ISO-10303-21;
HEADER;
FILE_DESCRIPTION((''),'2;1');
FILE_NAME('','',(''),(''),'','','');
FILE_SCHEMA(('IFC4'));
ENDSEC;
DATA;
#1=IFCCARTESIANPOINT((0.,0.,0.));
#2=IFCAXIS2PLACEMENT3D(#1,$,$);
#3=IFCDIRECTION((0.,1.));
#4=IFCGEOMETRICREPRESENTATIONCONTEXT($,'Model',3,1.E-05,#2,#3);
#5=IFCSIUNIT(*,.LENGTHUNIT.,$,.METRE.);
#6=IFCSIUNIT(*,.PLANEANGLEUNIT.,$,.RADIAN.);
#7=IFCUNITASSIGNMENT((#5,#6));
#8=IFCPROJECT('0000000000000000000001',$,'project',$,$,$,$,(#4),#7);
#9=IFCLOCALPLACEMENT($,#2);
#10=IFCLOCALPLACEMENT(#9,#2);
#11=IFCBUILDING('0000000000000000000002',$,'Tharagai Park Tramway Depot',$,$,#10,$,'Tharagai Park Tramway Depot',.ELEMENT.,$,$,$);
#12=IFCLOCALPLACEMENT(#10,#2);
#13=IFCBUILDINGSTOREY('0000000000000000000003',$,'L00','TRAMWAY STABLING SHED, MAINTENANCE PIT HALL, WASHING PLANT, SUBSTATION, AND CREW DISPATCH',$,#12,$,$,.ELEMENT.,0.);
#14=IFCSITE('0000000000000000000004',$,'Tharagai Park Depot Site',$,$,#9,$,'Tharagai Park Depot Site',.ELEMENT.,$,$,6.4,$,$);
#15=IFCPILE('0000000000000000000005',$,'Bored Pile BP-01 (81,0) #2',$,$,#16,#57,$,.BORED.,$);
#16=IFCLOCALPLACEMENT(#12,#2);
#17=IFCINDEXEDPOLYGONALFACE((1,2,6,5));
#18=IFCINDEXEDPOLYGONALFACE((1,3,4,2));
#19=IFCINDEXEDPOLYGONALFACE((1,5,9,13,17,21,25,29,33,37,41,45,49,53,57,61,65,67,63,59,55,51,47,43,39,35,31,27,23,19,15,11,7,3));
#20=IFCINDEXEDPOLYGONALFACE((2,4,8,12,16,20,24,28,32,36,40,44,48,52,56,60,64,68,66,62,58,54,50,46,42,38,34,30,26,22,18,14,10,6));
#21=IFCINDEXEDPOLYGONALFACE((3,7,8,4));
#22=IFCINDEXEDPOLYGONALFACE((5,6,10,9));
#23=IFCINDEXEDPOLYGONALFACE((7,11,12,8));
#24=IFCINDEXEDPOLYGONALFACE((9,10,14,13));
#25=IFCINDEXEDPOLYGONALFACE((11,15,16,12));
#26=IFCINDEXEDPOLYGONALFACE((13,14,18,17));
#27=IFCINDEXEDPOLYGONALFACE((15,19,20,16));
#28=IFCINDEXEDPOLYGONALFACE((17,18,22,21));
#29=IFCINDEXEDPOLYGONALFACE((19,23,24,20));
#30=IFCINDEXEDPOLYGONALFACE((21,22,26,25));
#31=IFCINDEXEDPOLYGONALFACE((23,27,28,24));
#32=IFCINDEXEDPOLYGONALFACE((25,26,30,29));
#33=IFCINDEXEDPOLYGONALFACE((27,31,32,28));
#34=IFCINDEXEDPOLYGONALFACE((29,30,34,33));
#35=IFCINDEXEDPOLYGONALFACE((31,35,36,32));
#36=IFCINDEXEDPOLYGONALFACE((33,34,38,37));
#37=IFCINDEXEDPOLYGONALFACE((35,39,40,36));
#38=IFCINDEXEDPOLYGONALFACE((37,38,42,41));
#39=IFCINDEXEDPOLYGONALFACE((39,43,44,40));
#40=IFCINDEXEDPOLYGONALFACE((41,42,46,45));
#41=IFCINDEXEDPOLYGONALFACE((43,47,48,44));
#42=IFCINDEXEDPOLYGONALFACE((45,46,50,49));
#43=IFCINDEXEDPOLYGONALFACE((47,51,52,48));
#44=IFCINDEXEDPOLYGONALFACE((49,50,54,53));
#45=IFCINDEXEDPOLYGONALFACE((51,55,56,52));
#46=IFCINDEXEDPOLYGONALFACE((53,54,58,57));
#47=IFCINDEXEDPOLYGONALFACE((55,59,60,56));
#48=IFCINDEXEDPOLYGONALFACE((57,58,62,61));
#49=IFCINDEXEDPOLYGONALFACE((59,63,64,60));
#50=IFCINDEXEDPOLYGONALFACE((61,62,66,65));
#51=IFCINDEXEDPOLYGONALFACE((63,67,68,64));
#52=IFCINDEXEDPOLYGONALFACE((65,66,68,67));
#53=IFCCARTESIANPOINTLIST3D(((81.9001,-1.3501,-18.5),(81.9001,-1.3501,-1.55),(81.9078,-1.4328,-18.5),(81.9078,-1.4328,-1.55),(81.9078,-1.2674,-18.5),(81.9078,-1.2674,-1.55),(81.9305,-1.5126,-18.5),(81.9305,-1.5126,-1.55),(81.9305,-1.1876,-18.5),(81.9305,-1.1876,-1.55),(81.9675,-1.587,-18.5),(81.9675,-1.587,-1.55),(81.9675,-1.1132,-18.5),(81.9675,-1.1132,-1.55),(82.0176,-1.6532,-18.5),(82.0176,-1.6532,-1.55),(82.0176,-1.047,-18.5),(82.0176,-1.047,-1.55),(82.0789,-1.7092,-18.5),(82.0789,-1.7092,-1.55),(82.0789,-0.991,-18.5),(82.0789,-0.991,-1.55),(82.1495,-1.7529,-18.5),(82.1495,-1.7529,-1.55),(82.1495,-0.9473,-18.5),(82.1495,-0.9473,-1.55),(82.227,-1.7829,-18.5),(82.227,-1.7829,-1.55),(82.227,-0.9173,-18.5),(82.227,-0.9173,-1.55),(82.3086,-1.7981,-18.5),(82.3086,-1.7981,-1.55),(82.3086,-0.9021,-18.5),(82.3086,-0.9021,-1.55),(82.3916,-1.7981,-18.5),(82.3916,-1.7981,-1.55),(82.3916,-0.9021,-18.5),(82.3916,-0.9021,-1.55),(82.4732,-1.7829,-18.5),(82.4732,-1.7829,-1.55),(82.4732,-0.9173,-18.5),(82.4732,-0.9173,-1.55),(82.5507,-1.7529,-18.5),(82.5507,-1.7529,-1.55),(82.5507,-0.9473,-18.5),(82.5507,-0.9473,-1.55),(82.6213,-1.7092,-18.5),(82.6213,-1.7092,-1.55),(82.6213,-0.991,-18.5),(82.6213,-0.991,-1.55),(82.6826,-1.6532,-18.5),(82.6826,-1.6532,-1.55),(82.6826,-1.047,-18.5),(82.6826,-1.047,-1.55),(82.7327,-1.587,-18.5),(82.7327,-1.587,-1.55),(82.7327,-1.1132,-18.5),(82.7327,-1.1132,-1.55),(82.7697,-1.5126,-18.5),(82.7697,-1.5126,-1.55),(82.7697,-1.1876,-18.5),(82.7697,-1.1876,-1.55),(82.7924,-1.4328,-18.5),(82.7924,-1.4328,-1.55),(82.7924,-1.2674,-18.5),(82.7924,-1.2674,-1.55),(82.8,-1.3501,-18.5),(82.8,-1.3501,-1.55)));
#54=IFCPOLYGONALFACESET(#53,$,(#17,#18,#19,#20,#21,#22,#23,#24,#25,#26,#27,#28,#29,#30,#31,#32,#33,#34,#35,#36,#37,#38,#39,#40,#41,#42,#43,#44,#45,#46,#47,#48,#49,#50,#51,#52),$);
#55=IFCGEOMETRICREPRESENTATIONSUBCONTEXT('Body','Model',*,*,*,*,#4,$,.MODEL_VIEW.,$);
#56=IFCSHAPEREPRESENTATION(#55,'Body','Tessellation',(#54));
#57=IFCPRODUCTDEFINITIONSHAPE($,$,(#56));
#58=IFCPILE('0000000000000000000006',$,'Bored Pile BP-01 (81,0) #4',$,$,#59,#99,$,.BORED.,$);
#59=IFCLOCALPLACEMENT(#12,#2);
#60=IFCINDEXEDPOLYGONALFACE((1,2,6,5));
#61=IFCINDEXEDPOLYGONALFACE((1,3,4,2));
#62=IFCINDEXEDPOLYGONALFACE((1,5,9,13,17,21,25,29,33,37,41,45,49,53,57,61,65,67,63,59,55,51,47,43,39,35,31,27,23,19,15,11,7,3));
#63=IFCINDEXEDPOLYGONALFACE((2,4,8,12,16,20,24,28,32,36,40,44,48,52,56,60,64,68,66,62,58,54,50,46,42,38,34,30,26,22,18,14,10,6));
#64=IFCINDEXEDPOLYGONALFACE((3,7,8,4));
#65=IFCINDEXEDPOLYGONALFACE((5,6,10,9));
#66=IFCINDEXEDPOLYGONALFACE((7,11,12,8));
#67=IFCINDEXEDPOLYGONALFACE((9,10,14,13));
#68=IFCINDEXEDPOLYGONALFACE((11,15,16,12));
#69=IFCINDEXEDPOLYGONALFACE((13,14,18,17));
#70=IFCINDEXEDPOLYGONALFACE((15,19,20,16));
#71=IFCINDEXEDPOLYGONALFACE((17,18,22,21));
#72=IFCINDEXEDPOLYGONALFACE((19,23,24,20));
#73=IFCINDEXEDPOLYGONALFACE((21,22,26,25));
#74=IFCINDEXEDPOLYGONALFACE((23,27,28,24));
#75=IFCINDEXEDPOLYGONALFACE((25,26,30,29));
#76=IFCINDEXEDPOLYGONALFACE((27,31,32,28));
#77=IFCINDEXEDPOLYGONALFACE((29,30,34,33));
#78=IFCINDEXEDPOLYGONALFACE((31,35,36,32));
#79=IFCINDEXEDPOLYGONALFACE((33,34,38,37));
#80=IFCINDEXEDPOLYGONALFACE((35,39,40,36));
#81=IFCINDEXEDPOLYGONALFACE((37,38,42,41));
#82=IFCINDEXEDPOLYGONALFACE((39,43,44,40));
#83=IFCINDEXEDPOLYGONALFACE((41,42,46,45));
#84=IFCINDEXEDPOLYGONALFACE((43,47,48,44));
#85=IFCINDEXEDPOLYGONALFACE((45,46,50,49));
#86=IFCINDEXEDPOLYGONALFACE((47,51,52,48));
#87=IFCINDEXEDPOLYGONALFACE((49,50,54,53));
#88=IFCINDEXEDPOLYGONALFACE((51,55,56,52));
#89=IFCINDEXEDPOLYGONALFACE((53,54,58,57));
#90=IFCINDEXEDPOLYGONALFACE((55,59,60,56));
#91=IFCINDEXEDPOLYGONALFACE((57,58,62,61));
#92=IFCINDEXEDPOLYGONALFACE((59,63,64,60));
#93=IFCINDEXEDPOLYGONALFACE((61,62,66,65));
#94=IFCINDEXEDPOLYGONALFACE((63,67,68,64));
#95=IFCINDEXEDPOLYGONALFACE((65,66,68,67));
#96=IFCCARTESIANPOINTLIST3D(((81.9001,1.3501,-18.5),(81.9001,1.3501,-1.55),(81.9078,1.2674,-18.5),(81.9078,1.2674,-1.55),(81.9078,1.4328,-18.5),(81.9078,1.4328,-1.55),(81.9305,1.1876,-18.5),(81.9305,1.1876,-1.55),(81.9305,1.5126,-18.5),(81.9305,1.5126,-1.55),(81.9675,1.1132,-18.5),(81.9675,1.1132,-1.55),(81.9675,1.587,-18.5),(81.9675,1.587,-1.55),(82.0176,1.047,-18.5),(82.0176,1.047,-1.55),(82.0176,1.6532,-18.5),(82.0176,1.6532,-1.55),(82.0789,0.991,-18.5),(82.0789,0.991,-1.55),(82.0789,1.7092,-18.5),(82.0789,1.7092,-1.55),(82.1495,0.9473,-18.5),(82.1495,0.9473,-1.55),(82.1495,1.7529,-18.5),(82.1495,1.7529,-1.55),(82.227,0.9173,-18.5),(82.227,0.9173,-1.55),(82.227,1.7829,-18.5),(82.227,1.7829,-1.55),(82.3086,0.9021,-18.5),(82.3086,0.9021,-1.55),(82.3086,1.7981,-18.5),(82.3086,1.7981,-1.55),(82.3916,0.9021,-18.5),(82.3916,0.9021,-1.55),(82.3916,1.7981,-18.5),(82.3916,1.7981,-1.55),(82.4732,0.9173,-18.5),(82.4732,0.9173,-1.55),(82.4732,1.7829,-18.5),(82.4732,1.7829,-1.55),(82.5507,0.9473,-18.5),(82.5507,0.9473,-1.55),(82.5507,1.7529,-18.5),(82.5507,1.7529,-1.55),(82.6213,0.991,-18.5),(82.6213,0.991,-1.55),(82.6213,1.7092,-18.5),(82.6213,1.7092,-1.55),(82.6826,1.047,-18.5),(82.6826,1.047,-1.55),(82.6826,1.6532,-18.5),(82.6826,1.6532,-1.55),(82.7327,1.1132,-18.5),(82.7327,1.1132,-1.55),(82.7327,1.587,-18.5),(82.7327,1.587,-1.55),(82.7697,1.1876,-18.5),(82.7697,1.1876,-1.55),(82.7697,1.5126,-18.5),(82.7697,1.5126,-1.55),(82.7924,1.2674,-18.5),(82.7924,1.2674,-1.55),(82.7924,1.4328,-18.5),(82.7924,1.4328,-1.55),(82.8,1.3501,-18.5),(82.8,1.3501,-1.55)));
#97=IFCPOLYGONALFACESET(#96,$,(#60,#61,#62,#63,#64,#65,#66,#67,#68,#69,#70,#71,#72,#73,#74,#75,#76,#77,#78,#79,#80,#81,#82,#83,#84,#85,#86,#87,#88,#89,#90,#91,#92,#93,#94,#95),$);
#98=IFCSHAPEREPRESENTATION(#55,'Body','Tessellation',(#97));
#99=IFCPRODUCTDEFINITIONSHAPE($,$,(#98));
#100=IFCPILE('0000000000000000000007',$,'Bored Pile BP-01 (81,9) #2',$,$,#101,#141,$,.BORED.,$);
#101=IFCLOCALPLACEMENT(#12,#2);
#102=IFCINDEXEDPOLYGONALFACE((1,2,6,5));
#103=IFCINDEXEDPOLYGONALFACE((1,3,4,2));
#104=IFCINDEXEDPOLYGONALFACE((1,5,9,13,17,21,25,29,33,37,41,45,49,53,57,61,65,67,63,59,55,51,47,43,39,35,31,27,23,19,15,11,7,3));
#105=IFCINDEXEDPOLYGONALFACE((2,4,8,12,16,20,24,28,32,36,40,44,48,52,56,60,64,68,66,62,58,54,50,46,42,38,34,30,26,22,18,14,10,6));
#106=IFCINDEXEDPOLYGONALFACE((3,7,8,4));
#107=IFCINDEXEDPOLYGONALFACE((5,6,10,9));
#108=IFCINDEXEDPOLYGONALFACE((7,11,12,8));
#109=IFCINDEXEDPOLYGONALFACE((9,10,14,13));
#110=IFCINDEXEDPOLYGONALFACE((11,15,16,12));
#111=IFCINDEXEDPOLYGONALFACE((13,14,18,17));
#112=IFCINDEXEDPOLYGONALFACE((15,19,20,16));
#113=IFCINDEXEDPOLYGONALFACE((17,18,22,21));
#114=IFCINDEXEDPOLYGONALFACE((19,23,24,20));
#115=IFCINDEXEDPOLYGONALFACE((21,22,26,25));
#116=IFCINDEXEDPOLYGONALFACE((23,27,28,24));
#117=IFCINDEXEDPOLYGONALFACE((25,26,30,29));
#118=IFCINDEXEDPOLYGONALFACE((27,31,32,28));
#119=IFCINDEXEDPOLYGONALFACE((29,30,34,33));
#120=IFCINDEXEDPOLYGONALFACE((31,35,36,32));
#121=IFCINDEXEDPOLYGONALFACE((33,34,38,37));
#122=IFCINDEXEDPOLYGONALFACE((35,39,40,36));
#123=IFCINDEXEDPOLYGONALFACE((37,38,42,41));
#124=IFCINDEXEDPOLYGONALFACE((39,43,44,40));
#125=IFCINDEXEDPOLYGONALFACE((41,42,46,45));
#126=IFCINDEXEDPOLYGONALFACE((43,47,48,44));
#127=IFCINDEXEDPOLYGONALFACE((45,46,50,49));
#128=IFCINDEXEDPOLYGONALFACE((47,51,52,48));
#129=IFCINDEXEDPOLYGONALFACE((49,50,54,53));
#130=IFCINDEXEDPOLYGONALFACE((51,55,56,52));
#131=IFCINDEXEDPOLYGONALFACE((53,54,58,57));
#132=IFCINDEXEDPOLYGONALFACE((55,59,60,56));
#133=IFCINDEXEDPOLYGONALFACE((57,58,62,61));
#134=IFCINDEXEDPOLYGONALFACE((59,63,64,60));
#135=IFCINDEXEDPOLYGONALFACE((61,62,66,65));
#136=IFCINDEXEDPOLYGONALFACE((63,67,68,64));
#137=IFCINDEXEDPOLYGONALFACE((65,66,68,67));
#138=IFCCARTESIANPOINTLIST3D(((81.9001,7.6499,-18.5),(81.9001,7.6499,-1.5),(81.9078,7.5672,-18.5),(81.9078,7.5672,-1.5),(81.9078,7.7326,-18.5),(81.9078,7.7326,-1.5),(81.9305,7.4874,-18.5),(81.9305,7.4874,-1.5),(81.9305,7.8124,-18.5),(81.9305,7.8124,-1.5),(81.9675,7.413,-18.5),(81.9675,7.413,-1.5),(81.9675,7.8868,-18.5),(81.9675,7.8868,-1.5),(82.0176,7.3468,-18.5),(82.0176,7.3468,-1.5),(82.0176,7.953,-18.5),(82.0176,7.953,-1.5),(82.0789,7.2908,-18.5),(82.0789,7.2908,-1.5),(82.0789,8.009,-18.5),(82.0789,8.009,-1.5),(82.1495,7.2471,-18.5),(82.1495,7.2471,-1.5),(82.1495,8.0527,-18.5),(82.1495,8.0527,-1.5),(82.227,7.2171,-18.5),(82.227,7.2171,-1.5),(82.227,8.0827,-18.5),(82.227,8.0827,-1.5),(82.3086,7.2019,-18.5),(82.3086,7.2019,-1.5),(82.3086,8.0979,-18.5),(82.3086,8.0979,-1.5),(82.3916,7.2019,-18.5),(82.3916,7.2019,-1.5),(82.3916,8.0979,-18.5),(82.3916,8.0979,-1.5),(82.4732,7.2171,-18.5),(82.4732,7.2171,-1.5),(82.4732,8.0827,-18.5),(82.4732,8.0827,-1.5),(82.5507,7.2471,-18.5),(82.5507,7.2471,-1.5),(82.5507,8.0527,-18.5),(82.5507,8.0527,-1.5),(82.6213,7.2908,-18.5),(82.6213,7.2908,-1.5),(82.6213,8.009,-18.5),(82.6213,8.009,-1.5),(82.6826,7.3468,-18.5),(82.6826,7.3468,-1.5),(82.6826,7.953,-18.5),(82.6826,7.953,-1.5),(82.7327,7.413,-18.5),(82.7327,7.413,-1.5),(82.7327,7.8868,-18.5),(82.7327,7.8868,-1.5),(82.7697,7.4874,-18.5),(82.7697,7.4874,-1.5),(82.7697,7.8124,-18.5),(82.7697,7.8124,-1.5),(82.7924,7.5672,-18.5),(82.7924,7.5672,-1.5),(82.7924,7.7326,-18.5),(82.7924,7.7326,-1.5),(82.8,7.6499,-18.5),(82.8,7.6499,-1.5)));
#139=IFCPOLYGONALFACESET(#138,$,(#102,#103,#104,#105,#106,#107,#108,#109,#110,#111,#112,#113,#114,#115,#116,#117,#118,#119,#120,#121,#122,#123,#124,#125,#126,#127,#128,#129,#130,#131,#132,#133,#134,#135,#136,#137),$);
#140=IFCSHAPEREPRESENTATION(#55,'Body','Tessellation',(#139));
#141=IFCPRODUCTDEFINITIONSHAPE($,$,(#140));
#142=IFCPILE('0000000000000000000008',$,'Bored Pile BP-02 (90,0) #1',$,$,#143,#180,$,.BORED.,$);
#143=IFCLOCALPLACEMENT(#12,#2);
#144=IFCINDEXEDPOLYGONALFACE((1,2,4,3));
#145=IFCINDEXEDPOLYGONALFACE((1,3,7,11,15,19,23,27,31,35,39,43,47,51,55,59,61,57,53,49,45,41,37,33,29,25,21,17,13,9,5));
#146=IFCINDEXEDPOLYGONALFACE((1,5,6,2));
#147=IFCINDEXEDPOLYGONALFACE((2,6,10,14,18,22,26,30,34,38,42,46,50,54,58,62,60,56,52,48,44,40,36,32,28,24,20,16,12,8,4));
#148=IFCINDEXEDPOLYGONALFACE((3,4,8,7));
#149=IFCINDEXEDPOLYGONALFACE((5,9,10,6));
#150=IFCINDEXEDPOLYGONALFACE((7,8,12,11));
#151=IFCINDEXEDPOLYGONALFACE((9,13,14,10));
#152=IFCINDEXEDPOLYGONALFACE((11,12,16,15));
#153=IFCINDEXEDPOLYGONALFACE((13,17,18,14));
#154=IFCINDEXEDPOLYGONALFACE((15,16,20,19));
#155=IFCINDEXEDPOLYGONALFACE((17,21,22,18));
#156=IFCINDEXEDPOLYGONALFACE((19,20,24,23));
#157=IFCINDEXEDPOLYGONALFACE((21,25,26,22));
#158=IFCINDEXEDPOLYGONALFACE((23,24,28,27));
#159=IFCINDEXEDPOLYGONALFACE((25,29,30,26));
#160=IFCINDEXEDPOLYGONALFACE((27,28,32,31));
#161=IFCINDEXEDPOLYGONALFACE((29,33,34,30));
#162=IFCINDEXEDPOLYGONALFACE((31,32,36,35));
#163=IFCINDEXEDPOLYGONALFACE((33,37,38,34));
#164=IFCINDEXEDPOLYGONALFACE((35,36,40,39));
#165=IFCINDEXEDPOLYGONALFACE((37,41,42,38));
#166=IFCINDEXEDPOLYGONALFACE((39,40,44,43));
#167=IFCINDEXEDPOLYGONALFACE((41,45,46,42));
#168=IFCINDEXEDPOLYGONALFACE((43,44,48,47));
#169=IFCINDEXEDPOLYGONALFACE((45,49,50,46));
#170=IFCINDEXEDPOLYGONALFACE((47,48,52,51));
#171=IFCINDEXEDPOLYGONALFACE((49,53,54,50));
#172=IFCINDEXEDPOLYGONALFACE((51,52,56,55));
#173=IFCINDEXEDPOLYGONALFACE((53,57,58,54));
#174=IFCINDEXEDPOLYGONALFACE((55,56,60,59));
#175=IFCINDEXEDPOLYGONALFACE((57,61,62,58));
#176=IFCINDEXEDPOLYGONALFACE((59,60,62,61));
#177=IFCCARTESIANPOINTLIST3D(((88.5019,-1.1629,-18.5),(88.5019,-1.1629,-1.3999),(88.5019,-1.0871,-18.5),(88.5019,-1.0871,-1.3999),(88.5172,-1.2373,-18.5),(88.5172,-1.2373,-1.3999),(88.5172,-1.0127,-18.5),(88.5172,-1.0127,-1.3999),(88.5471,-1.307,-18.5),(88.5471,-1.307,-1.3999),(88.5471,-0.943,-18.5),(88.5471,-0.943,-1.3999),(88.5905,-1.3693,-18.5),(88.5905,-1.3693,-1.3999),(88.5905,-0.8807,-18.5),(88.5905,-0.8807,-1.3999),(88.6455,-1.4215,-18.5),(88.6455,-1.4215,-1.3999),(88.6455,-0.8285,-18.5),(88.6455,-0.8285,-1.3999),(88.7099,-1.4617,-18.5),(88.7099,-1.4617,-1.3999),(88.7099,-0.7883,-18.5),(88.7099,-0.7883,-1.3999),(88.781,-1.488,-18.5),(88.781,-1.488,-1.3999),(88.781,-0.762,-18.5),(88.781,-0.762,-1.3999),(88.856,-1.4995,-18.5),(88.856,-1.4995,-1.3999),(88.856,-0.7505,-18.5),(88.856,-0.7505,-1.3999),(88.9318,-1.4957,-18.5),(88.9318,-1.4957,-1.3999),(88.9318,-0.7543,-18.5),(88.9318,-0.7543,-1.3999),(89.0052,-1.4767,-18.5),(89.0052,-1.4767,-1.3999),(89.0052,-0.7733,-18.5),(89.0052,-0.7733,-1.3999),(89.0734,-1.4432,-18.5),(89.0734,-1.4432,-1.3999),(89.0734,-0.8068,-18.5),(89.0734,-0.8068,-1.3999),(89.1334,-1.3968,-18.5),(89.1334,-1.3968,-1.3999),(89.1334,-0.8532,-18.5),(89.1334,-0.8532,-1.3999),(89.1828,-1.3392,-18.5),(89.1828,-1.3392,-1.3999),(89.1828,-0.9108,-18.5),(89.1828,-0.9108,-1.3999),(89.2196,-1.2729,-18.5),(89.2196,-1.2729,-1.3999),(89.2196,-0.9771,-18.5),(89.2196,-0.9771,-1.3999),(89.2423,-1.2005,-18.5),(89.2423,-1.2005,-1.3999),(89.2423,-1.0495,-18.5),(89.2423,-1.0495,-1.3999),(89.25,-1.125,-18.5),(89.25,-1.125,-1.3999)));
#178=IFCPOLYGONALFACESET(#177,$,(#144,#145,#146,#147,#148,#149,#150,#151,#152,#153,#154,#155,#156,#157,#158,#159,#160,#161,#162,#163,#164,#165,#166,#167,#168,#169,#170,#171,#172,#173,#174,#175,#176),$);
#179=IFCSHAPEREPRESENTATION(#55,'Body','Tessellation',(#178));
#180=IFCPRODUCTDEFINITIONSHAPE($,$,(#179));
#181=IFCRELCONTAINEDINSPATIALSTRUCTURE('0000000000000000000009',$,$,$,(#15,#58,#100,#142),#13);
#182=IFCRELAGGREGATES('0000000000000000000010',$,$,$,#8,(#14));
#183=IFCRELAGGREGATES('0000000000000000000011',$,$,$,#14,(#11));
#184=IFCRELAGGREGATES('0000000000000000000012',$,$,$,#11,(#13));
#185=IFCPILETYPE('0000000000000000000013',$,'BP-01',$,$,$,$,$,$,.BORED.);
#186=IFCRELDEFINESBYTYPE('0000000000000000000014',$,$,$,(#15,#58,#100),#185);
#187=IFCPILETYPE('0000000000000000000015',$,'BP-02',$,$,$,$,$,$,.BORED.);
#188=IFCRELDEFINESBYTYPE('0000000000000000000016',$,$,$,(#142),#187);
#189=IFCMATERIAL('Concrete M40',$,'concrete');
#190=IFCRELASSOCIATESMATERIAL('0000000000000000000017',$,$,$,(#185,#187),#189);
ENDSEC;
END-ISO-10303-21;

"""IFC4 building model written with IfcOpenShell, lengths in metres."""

from ifc_helpers import new_model, si_unit, direction, frame, origin, origin_2d, place, context, subcontext, project, spatial, circle, extrude, material, material_profile, profile_set, type_object, element, save


model = new_model("IFC4")

# Units and contexts
model_context = context("Model", 3, precision=1e-05, world=origin(), true_north=direction((0.0, 1.0)))
body_context = subcontext(model_context, "Body", "Model", "MODEL_VIEW")
ifc_project = project(units=[si_unit("LENGTHUNIT", "METRE"), si_unit("PLANEANGLEUNIT", "RADIAN")], contexts=[model_context])

# Site, building, storey
site_placement = place(None, origin())
site = spatial("IfcSite", under=ifc_project, at=site_placement, Name="Tharagai Park Depot Site", LongName="Tharagai Park Depot Site", CompositionType="ELEMENT", RefElevation=6.4)
building_placement = place(site_placement, origin())
building = spatial("IfcBuilding", under=site, at=building_placement, Name="Tharagai Park Tramway Depot", LongName="Tharagai Park Tramway Depot", CompositionType="ELEMENT")
storey_placement = place(building_placement, origin())
storey = spatial("IfcBuildingStorey", under=building, at=storey_placement, Name="L00", Description="TRAMWAY STABLING SHED, MAINTENANCE PIT HALL, WASHING PLANT, SUBSTATION, AND CREW DISPATCH", CompositionType="ELEMENT", Elevation=0.0)

# Piles
ifc_material_1 = material(Name="Concrete M40", Category="concrete")
ifc_material_profile_1 = material_profile(ifc_material_1, circle(Radius=0.45, at=origin_2d()), Name="PILE D900")
ifc_profile_set_1 = profile_set([ifc_material_profile_1], Name="Concrete M40")
pile_type_1 = type_object("IfcPileType", Name="BP-01", PredefinedType="BORED", material=ifc_profile_set_1)
for number, where, z_axis, x_axis, name in (
    (1, (82.3501, -1.3501, -1.55), (0.0, 0.0, -1.0), (1.0, 0.0, 0.0), "Bored Pile BP-01 (81,0) #2"),
    (2, (82.3501, 1.3501, -1.55), (0.0, 0.0, -1.0), (1.0, 0.0, 0.0), "Bored Pile BP-01 (81,0) #4"),
):
    element("IfcPile", number, at=place(storey_placement, frame(where, z_axis=z_axis, x_axis=x_axis)), inside=storey, type_object=pile_type_1, Name=name, PredefinedType="BORED", context=body_context, shape_type="SweptSolid", body=[
        extrude(circle(Radius=0.45, at=origin_2d()), origin(), (0.0, 0.0, 1.0), 16.95),
    ])
pile_1_placement = place(storey_placement, frame((82.3501, 7.6499, -1.5), z_axis=(0.0, 0.0, -1.0), x_axis=(1.0, 0.0, 0.0)))
element("IfcPile", 3, at=pile_1_placement, inside=storey, type_object=pile_type_1, Name="Bored Pile BP-01 (81,9) #2", PredefinedType="BORED", context=body_context, shape_type="SweptSolid", body=[
    extrude(circle(Radius=0.45, at=origin_2d()), origin(), (0.0, 0.0, 1.0), 17.0),
])
ifc_material_profile_2 = material_profile(ifc_material_1, circle(Radius=0.375, at=origin_2d()), Name="PILE D750")
ifc_profile_set_2 = profile_set([ifc_material_profile_2], Name="Concrete M40")
pile_type_2 = type_object("IfcPileType", Name="BP-02", PredefinedType="BORED", material=ifc_profile_set_2)
for number, where, z_axis, x_axis, name in (
    (4, (88.875, -1.125, -1.3999), (0.0, 0.0, -1.0), (1.0, 0.0, 0.0), "Bored Pile BP-02 (90,0) #1"),
):
    element("IfcPile", number, at=place(storey_placement, frame(where, z_axis=z_axis, x_axis=x_axis)), inside=storey, type_object=pile_type_2, Name=name, PredefinedType="BORED", context=body_context, shape_type="SweptSolid", body=[
        extrude(circle(Radius=0.375, at=origin_2d()), origin(), (0.0, 0.0, 1.0), 17.1001),
    ])

save(model, "model.ifc")
